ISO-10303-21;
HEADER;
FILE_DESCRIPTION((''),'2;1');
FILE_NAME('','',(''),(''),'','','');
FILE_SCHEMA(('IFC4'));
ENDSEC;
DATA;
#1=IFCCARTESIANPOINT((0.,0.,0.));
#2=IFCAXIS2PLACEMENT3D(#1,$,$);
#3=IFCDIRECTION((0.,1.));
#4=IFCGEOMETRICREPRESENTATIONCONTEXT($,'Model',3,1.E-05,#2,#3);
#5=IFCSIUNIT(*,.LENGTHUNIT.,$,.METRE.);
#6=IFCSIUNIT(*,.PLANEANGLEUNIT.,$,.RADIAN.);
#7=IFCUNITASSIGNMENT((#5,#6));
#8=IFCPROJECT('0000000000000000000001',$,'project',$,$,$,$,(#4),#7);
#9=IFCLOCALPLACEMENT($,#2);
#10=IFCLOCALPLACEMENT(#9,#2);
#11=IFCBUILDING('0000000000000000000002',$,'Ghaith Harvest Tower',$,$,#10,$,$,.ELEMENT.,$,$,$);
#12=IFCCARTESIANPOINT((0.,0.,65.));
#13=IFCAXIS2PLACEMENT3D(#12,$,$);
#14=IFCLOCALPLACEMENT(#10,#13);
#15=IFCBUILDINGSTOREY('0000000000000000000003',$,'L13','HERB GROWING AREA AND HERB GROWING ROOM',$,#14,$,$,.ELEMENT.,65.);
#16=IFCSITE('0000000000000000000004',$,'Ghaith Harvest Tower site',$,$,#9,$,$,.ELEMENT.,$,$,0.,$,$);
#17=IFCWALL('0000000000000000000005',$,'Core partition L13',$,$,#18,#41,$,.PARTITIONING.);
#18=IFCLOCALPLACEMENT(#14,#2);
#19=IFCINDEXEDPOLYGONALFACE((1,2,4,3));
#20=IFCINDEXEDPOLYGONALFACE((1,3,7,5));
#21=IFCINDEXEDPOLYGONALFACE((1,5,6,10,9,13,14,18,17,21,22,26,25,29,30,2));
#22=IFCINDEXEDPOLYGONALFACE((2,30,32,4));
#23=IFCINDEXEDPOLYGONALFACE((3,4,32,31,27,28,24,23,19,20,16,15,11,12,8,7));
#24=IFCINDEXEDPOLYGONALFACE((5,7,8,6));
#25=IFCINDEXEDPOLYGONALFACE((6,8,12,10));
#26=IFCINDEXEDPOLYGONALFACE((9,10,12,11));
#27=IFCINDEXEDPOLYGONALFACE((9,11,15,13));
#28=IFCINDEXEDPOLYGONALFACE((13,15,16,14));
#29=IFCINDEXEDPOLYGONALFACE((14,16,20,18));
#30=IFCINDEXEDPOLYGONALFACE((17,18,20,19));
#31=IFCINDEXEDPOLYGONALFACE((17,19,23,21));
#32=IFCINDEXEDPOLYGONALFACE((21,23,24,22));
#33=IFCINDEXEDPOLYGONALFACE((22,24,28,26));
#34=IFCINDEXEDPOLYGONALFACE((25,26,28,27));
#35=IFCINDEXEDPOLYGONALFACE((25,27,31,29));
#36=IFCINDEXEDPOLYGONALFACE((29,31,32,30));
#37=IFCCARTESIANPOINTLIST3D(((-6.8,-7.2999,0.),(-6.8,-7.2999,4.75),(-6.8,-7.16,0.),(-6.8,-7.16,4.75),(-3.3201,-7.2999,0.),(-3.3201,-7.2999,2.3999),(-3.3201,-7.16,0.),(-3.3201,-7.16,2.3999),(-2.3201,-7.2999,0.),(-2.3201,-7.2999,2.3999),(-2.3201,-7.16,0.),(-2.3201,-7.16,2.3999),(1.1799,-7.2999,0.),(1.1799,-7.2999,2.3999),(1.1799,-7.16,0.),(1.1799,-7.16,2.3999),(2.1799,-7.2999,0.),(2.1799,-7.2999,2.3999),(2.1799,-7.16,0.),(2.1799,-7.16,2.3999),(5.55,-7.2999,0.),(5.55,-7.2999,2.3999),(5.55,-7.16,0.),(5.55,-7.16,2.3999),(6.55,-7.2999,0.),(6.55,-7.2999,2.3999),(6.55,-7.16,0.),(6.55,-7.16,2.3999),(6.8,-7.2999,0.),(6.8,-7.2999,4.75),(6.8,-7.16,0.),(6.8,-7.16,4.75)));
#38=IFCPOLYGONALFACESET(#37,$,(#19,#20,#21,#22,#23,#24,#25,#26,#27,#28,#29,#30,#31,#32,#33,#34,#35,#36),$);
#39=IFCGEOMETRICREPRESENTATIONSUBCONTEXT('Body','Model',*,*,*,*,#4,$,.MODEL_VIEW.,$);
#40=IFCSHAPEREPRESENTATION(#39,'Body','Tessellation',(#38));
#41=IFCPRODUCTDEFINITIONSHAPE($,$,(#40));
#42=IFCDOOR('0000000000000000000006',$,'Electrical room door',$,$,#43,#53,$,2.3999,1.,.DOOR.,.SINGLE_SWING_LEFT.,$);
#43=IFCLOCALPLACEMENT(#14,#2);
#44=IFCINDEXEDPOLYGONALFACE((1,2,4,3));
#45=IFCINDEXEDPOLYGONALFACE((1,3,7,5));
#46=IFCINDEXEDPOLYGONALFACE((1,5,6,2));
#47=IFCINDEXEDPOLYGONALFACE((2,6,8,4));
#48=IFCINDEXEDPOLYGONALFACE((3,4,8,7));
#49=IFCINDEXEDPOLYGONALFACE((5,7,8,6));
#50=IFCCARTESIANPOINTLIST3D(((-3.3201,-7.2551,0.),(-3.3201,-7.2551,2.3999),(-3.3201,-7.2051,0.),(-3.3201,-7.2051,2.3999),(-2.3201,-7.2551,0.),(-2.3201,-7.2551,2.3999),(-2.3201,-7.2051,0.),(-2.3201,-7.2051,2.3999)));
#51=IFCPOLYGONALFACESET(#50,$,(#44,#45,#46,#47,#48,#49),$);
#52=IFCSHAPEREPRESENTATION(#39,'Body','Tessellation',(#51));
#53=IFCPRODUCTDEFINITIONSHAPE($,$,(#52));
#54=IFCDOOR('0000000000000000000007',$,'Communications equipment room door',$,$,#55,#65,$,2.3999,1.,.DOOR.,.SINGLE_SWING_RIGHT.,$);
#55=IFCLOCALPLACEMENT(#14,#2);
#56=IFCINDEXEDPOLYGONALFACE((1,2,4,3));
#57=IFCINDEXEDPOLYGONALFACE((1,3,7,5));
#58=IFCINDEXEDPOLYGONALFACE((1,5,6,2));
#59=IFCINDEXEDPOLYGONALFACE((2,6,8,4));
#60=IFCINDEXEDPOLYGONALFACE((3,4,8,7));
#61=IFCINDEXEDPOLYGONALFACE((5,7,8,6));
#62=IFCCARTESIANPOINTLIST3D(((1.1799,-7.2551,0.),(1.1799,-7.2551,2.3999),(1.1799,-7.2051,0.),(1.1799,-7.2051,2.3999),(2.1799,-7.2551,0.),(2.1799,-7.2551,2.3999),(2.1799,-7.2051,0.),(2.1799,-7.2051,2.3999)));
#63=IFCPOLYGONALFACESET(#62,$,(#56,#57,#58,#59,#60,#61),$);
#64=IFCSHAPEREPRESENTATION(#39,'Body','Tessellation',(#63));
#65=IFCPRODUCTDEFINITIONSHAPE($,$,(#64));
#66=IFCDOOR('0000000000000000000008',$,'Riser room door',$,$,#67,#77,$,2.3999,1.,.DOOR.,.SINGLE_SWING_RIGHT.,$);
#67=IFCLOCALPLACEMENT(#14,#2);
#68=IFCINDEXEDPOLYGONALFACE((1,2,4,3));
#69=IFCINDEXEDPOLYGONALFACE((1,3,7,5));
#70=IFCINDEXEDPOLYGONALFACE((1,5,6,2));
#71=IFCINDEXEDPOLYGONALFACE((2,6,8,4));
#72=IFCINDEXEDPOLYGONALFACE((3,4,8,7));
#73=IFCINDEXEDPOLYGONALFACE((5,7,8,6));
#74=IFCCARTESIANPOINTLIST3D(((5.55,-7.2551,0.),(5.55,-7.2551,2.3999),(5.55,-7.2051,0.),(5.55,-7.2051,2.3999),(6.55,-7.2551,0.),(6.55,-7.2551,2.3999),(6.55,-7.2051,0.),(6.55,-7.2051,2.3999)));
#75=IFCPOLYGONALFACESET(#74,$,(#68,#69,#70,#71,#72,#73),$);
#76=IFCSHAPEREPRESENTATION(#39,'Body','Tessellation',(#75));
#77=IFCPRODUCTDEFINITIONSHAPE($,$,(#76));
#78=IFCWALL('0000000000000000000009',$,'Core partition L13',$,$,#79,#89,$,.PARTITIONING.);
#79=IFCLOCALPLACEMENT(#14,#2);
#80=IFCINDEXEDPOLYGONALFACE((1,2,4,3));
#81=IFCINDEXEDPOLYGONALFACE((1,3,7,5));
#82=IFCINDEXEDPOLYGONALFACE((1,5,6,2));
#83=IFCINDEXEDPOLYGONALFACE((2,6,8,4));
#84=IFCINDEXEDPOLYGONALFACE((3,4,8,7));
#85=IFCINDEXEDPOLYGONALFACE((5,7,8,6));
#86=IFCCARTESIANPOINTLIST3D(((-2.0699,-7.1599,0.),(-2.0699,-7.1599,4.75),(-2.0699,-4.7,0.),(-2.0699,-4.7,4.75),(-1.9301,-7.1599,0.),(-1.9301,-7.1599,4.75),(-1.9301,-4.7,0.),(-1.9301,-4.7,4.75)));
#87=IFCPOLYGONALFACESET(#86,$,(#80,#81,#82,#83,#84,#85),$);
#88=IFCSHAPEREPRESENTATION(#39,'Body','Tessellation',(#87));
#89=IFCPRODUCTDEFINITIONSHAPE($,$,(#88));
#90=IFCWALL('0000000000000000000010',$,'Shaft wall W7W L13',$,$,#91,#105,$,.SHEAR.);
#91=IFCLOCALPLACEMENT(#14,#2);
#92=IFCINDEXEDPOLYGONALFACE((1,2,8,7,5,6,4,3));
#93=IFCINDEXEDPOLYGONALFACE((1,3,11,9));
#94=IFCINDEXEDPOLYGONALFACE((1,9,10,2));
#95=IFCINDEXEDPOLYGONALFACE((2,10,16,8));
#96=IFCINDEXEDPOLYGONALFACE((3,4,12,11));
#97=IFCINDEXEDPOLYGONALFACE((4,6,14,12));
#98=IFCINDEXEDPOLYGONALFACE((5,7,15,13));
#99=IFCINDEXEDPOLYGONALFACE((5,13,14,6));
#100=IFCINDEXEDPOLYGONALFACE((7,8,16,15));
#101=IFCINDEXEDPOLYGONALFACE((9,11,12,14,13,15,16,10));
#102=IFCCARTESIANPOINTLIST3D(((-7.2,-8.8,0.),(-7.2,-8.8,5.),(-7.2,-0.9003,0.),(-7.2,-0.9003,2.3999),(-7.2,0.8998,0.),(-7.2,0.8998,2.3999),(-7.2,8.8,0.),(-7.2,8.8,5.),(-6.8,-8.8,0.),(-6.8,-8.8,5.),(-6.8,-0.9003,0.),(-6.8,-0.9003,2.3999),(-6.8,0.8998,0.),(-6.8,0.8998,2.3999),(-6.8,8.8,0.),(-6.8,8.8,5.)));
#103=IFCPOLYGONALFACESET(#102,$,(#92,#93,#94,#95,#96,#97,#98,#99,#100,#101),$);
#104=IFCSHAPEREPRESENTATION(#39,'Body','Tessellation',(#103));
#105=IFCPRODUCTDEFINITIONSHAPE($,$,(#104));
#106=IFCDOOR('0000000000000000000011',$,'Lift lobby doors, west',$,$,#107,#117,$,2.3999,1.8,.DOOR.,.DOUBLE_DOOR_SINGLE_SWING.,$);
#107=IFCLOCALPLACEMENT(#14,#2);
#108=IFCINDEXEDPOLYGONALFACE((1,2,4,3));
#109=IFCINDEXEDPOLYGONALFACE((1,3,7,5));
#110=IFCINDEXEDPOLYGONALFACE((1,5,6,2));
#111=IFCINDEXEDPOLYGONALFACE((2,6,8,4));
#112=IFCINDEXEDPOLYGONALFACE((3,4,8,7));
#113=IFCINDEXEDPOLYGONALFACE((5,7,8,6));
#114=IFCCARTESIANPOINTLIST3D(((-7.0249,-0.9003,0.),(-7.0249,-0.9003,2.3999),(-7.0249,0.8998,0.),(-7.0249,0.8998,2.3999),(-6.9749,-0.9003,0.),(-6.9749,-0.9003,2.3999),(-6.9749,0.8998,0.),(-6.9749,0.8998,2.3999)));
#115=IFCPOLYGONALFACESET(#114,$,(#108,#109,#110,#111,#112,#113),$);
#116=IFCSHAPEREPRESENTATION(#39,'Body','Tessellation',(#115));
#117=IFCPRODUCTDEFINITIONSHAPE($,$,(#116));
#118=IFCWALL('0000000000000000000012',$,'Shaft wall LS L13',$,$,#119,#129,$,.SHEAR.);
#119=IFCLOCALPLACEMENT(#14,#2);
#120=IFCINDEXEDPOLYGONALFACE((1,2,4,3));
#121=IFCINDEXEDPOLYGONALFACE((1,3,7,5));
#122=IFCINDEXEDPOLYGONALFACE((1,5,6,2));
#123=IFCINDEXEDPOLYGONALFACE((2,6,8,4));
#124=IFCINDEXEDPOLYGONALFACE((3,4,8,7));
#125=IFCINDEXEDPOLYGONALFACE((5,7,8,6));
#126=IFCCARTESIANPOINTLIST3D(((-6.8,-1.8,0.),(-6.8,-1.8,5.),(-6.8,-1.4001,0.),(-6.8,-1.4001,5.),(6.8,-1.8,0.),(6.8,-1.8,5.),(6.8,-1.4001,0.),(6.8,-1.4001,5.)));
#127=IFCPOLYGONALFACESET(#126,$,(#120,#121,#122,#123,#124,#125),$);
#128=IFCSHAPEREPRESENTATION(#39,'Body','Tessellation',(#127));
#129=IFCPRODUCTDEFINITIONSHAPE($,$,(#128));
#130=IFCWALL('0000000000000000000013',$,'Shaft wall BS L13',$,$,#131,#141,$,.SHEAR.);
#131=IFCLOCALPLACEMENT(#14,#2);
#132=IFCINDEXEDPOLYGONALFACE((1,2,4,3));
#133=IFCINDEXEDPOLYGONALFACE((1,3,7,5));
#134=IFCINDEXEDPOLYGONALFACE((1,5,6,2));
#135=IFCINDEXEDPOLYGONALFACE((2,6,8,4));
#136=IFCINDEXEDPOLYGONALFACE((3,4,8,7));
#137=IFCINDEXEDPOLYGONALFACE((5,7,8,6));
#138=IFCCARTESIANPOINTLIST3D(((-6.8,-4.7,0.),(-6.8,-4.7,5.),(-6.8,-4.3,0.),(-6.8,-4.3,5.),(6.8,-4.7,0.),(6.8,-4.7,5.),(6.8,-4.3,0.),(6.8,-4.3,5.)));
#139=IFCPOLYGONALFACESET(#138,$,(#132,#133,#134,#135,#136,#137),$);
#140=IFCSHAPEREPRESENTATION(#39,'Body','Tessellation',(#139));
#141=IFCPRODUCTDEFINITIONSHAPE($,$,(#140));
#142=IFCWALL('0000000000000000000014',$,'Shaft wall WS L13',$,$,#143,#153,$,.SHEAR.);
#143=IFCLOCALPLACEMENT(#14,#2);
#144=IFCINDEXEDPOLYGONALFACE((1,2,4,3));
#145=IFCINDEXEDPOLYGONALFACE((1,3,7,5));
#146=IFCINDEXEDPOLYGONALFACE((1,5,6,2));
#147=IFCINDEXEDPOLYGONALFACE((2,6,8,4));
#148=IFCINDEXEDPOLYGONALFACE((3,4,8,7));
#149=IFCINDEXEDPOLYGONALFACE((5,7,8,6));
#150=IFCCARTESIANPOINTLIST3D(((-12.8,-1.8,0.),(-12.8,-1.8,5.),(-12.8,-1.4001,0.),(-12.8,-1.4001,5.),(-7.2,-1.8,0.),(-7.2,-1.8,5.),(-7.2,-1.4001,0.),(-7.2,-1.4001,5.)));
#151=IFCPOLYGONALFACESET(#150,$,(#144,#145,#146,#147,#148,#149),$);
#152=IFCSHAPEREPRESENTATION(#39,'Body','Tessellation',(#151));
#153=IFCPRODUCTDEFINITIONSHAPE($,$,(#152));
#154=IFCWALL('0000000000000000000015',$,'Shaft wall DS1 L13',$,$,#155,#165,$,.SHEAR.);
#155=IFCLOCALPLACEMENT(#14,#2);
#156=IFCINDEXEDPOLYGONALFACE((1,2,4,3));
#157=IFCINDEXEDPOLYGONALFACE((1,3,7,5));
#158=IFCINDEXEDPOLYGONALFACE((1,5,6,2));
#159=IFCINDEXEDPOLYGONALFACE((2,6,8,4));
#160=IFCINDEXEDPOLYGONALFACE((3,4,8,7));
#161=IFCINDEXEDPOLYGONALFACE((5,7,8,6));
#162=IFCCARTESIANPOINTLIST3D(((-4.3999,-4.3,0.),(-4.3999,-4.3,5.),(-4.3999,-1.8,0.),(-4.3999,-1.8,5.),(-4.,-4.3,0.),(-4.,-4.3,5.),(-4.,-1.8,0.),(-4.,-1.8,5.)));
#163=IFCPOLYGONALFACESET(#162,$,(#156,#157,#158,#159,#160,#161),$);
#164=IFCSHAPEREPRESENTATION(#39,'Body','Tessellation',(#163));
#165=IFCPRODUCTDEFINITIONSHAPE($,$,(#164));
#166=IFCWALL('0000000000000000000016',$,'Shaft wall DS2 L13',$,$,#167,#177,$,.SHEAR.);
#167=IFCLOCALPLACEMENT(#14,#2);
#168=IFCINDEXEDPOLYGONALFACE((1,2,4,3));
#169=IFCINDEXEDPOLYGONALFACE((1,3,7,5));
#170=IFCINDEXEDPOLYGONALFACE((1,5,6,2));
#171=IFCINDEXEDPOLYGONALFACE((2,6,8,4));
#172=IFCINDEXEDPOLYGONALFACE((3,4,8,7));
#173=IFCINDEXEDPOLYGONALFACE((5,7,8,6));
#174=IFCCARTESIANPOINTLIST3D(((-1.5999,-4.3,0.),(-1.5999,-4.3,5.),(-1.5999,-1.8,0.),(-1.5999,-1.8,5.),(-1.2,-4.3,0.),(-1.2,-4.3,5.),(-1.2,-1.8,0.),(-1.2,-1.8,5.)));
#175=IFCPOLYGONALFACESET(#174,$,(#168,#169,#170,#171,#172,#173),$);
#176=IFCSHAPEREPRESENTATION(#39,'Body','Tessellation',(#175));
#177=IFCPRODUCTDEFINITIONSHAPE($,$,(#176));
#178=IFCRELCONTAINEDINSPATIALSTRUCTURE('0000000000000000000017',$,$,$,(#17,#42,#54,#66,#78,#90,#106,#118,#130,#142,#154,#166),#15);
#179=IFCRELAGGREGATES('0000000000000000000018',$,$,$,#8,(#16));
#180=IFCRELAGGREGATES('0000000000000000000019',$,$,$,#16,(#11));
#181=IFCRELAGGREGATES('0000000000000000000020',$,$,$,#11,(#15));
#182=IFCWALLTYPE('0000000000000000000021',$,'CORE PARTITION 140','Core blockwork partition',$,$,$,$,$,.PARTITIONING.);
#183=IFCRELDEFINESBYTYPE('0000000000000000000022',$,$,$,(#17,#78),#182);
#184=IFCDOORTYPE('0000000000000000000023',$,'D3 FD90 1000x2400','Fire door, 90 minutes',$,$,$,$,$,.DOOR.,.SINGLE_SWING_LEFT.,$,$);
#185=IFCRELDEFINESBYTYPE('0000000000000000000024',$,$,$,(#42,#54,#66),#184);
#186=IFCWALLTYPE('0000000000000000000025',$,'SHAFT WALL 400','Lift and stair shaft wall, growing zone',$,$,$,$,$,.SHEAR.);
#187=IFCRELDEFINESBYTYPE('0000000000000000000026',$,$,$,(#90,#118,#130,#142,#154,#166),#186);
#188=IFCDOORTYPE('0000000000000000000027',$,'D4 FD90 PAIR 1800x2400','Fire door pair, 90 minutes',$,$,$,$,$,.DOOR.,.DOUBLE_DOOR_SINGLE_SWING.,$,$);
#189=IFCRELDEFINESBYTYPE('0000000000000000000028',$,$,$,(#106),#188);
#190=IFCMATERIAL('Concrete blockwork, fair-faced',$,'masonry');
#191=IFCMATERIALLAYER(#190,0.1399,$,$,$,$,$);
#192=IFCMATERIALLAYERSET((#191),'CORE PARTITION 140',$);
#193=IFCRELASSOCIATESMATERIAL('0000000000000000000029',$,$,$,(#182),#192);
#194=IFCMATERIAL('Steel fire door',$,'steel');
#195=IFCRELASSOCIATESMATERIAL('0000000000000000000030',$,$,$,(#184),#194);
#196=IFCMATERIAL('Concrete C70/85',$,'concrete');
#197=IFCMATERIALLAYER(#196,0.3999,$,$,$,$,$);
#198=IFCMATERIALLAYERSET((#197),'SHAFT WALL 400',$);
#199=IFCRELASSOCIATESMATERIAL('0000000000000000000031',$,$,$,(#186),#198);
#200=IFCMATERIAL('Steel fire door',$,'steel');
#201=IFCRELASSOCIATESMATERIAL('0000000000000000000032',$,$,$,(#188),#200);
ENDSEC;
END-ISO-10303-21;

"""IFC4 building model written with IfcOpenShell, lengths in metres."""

from ifc_helpers import new_model, si_unit, direction, frame, frame_2d, origin, place, context, subcontext, project, spatial, rectangle, extrude, material, layer, layer_set, type_object, element, fill, save


model = new_model("IFC4")

# Units and contexts
model_context = context("Model", 3, precision=1e-05, world=origin(), true_north=direction((0.0, 1.0)))
body_context = subcontext(model_context, "Body", "Model", "MODEL_VIEW")
ifc_project = project(units=[si_unit("LENGTHUNIT", "METRE"), si_unit("PLANEANGLEUNIT", "RADIAN")], contexts=[model_context])

# Site, building, storey
site_placement = place(None, origin())
site = spatial("IfcSite", under=ifc_project, at=site_placement, Name="Ghaith Harvest Tower site", CompositionType="ELEMENT", RefElevation=0.0)
building_placement = place(site_placement, origin())
building = spatial("IfcBuilding", under=site, at=building_placement, Name="Ghaith Harvest Tower", CompositionType="ELEMENT")
storey_placement = place(building_placement, frame((0.0, 0.0, 65.0)))
storey = spatial("IfcBuildingStorey", under=building, at=storey_placement, Name="L13", Description="HERB GROWING AREA AND HERB GROWING ROOM", CompositionType="ELEMENT", Elevation=65.0)

# Wall, openings, doors
ifc_material_1 = material(Name="Concrete blockwork, fair-faced", Category="masonry")
ifc_layer_1 = layer(ifc_material_1, 0.1399)
ifc_layer_set_1 = layer_set([ifc_layer_1], Name="CORE PARTITION 140")
wall_type_1 = type_object("IfcWallType", Name="CORE PARTITION 140", Description="Core blockwork partition", PredefinedType="PARTITIONING", material=ifc_layer_set_1)
wall_1_placement = place(storey_placement, frame((-6.8, -7.23, 0.0), z_axis=(0.0, 0.0, 1.0), x_axis=(1.0, 0.0, 0.0)))
wall_1 = element("IfcWall", 1, at=wall_1_placement, inside=storey, type_object=wall_type_1, Name="Core partition L13", PredefinedType="PARTITIONING", context=body_context, shape_type="SweptSolid", body=[
    extrude(rectangle(XDim=13.6001, YDim=0.1399, at=frame_2d((6.8, 0.0))), origin(), (0.0, 0.0, 1.0), 4.75),
])
opening_1_placement = place(wall_1_placement, frame((3.48, 0.0, 0.0)))
opening_1 = element("IfcOpeningElement", 2, at=opening_1_placement, cuts=wall_1, PredefinedType="OPENING", context=body_context, shape_type="SweptSolid", body=[
    extrude(rectangle(XDim=1.0, YDim=2.3999, at=frame_2d((0.5, 1.2))), frame((0.0, 0.0801, 0.0), z_axis=(0.0, -1.0, 0.0), x_axis=(1.0, 0.0, 0.0)), (0.0, 0.0, 1.0), 0.1599),
])
opening_2_placement = place(wall_1_placement, frame((7.98, 0.0, 0.0)))
opening_2 = element("IfcOpeningElement", 3, at=opening_2_placement, cuts=wall_1, PredefinedType="OPENING", context=body_context, shape_type="SweptSolid", body=[
    extrude(rectangle(XDim=1.0, YDim=2.3999, at=frame_2d((0.5, 1.2))), frame((0.0, 0.0801, 0.0), z_axis=(0.0, -1.0, 0.0), x_axis=(1.0, 0.0, 0.0)), (0.0, 0.0, 1.0), 0.1599),
])
opening_3_placement = place(wall_1_placement, frame((12.3501, 0.0, 0.0)))
opening_3 = element("IfcOpeningElement", 4, at=opening_3_placement, cuts=wall_1, PredefinedType="OPENING", context=body_context, shape_type="SweptSolid", body=[
    extrude(rectangle(XDim=1.0, YDim=2.3999, at=frame_2d((0.5, 1.2))), frame((0.0, 0.0801, 0.0), z_axis=(0.0, -1.0, 0.0), x_axis=(1.0, 0.0, 0.0)), (0.0, 0.0, 1.0), 0.1599),
])
ifc_material_2 = material(Name="Steel fire door", Category="steel")
door_type_1 = type_object("IfcDoorType", Name="D3 FD90 1000x2400", Description="Fire door, 90 minutes", OperationType="SINGLE_SWING_LEFT", PredefinedType="DOOR", material=ifc_material_2)
door_1_placement = place(opening_1_placement, origin())
door_1 = element("IfcDoor", 5, at=door_1_placement, inside=storey, type_object=door_type_1, Name="Electrical room door", OperationType="SINGLE_SWING_LEFT", OverallHeight=2.3999, OverallWidth=1.0, PredefinedType="DOOR", context=body_context, shape_type="SweptSolid", body=[
    extrude(rectangle(XDim=1.0, YDim=2.3999, at=frame_2d((0.5, 1.2))), frame((0.0, 0.0249, 0.0), z_axis=(0.0, -1.0, 0.0), x_axis=(1.0, 0.0, 0.0)), (0.0, 0.0, 1.0), 0.05),
])
fill(opening_1, door_1)
door_2_placement = place(opening_2_placement, origin())
door_2 = element("IfcDoor", 6, at=door_2_placement, inside=storey, type_object=door_type_1, Name="Communications equipment room door", OperationType="SINGLE_SWING_RIGHT", OverallHeight=2.3999, OverallWidth=1.0, PredefinedType="DOOR", context=body_context, shape_type="SweptSolid", body=[
    extrude(rectangle(XDim=1.0, YDim=2.3999, at=frame_2d((0.5, 1.2))), frame((0.0, 0.0249, 0.0), z_axis=(0.0, -1.0, 0.0), x_axis=(1.0, 0.0, 0.0)), (0.0, 0.0, 1.0), 0.05),
])
fill(opening_2, door_2)
door_3_placement = place(opening_3_placement, origin())
door_3 = element("IfcDoor", 7, at=door_3_placement, inside=storey, type_object=door_type_1, Name="Riser room door", OperationType="SINGLE_SWING_RIGHT", OverallHeight=2.3999, OverallWidth=1.0, PredefinedType="DOOR", context=body_context, shape_type="SweptSolid", body=[
    extrude(rectangle(XDim=1.0, YDim=2.3999, at=frame_2d((0.5, 1.2))), frame((0.0, 0.0249, 0.0), z_axis=(0.0, -1.0, 0.0), x_axis=(1.0, 0.0, 0.0)), (0.0, 0.0, 1.0), 0.05),
])
fill(opening_3, door_3)

# Wall
wall_2_placement = place(storey_placement, frame((-2.0, -4.7, 0.0), z_axis=(0.0, 0.0, 1.0), x_axis=(0.0, -1.0, 0.0)))
element("IfcWall", 8, at=wall_2_placement, inside=storey, type_object=wall_type_1, Name="Core partition L13", PredefinedType="PARTITIONING", context=body_context, shape_type="SweptSolid", body=[
    extrude(rectangle(XDim=2.46, YDim=0.1399, at=frame_2d((1.23, 0.0))), origin(), (0.0, 0.0, 1.0), 4.75),
])

# Wall, opening, door
ifc_material_3 = material(Name="Concrete C70/85", Category="concrete")
ifc_layer_2 = layer(ifc_material_3, 0.3999)
ifc_layer_set_2 = layer_set([ifc_layer_2], Name="SHAFT WALL 400")
wall_type_2 = type_object("IfcWallType", Name="SHAFT WALL 400", Description="Lift and stair shaft wall, growing zone", PredefinedType="SHEAR", material=ifc_layer_set_2)
wall_3_placement = place(storey_placement, frame((-7.0, -8.8, 0.0), z_axis=(0.0, 0.0, 1.0), x_axis=(0.0, 1.0, 0.0)))
wall_3 = element("IfcWall", 9, at=wall_3_placement, inside=storey, type_object=wall_type_2, Name="Shaft wall W7W L13", PredefinedType="SHEAR", context=body_context, shape_type="SweptSolid", body=[
    extrude(rectangle(XDim=17.6001, YDim=0.3999, at=frame_2d((8.8, 0.0))), origin(), (0.0, 0.0, 1.0), 5.0),
])
opening_4_placement = place(wall_3_placement, frame((7.8999, 0.0, 0.0)))
opening_4 = element("IfcOpeningElement", 10, at=opening_4_placement, cuts=wall_3, PredefinedType="OPENING", context=body_context, shape_type="SweptSolid", body=[
    extrude(rectangle(XDim=1.8, YDim=2.3999, at=frame_2d((0.8999, 1.2))), frame((0.0, 0.21, 0.0), z_axis=(0.0, -1.0, 0.0), x_axis=(1.0, 0.0, 0.0)), (0.0, 0.0, 1.0), 0.4199),
])
ifc_material_4 = material(Name="Steel fire door", Category="steel")
door_type_2 = type_object("IfcDoorType", Name="D4 FD90 PAIR 1800x2400", Description="Fire door pair, 90 minutes", OperationType="DOUBLE_DOOR_SINGLE_SWING", PredefinedType="DOOR", material=ifc_material_4)
door_4_placement = place(opening_4_placement, origin())
door_4 = element("IfcDoor", 11, at=door_4_placement, inside=storey, type_object=door_type_2, Name="Lift lobby doors, west", OperationType="DOUBLE_DOOR_SINGLE_SWING", OverallHeight=2.3999, OverallWidth=1.8, PredefinedType="DOOR", context=body_context, shape_type="SweptSolid", body=[
    extrude(rectangle(XDim=1.8, YDim=2.3999, at=frame_2d((0.8999, 1.2))), frame((0.0, 0.0249, 0.0), z_axis=(0.0, -1.0, 0.0), x_axis=(1.0, 0.0, 0.0)), (0.0, 0.0, 1.0), 0.05),
])
fill(opening_4, door_4)

# Walls
for number, where, z_axis, x_axis, name in (
    (12, (-6.8, -1.6001, 0.0), (0.0, 0.0, 1.0), (1.0, 0.0, 0.0), "Shaft wall LS L13"),
    (13, (-6.8, -4.5, 0.0), (0.0, 0.0, 1.0), (1.0, 0.0, 0.0), "Shaft wall BS L13"),
):
    element("IfcWall", number, at=place(storey_placement, frame(where, z_axis=z_axis, x_axis=x_axis)), inside=storey, type_object=wall_type_2, Name=name, PredefinedType="SHEAR", context=body_context, shape_type="SweptSolid", body=[
        extrude(rectangle(XDim=13.6001, YDim=0.3999, at=frame_2d((6.8, 0.0))), origin(), (0.0, 0.0, 1.0), 5.0),
    ])
wall_4_placement = place(storey_placement, frame((-12.8, -1.6001, 0.0), z_axis=(0.0, 0.0, 1.0), x_axis=(1.0, 0.0, 0.0)))
element("IfcWall", 14, at=wall_4_placement, inside=storey, type_object=wall_type_2, Name="Shaft wall WS L13", PredefinedType="SHEAR", context=body_context, shape_type="SweptSolid", body=[
    extrude(rectangle(XDim=5.6001, YDim=0.3999, at=frame_2d((2.8, 0.0))), origin(), (0.0, 0.0, 1.0), 5.0),
])
for number, where, z_axis, x_axis, name in (
    (15, (-4.2, -4.3, 0.0), (0.0, 0.0, 1.0), (0.0, 1.0, 0.0), "Shaft wall DS1 L13"),
    (16, (-1.3999, -4.3, 0.0), (0.0, 0.0, 1.0), (0.0, 1.0, 0.0), "Shaft wall DS2 L13"),
):
    element("IfcWall", number, at=place(storey_placement, frame(where, z_axis=z_axis, x_axis=x_axis)), inside=storey, type_object=wall_type_2, Name=name, PredefinedType="SHEAR", context=body_context, shape_type="SweptSolid", body=[
        extrude(rectangle(XDim=2.5, YDim=0.3999, at=frame_2d((1.25, 0.0))), origin(), (0.0, 0.0, 1.0), 5.0),
    ])

save(model, "model.ifc")
